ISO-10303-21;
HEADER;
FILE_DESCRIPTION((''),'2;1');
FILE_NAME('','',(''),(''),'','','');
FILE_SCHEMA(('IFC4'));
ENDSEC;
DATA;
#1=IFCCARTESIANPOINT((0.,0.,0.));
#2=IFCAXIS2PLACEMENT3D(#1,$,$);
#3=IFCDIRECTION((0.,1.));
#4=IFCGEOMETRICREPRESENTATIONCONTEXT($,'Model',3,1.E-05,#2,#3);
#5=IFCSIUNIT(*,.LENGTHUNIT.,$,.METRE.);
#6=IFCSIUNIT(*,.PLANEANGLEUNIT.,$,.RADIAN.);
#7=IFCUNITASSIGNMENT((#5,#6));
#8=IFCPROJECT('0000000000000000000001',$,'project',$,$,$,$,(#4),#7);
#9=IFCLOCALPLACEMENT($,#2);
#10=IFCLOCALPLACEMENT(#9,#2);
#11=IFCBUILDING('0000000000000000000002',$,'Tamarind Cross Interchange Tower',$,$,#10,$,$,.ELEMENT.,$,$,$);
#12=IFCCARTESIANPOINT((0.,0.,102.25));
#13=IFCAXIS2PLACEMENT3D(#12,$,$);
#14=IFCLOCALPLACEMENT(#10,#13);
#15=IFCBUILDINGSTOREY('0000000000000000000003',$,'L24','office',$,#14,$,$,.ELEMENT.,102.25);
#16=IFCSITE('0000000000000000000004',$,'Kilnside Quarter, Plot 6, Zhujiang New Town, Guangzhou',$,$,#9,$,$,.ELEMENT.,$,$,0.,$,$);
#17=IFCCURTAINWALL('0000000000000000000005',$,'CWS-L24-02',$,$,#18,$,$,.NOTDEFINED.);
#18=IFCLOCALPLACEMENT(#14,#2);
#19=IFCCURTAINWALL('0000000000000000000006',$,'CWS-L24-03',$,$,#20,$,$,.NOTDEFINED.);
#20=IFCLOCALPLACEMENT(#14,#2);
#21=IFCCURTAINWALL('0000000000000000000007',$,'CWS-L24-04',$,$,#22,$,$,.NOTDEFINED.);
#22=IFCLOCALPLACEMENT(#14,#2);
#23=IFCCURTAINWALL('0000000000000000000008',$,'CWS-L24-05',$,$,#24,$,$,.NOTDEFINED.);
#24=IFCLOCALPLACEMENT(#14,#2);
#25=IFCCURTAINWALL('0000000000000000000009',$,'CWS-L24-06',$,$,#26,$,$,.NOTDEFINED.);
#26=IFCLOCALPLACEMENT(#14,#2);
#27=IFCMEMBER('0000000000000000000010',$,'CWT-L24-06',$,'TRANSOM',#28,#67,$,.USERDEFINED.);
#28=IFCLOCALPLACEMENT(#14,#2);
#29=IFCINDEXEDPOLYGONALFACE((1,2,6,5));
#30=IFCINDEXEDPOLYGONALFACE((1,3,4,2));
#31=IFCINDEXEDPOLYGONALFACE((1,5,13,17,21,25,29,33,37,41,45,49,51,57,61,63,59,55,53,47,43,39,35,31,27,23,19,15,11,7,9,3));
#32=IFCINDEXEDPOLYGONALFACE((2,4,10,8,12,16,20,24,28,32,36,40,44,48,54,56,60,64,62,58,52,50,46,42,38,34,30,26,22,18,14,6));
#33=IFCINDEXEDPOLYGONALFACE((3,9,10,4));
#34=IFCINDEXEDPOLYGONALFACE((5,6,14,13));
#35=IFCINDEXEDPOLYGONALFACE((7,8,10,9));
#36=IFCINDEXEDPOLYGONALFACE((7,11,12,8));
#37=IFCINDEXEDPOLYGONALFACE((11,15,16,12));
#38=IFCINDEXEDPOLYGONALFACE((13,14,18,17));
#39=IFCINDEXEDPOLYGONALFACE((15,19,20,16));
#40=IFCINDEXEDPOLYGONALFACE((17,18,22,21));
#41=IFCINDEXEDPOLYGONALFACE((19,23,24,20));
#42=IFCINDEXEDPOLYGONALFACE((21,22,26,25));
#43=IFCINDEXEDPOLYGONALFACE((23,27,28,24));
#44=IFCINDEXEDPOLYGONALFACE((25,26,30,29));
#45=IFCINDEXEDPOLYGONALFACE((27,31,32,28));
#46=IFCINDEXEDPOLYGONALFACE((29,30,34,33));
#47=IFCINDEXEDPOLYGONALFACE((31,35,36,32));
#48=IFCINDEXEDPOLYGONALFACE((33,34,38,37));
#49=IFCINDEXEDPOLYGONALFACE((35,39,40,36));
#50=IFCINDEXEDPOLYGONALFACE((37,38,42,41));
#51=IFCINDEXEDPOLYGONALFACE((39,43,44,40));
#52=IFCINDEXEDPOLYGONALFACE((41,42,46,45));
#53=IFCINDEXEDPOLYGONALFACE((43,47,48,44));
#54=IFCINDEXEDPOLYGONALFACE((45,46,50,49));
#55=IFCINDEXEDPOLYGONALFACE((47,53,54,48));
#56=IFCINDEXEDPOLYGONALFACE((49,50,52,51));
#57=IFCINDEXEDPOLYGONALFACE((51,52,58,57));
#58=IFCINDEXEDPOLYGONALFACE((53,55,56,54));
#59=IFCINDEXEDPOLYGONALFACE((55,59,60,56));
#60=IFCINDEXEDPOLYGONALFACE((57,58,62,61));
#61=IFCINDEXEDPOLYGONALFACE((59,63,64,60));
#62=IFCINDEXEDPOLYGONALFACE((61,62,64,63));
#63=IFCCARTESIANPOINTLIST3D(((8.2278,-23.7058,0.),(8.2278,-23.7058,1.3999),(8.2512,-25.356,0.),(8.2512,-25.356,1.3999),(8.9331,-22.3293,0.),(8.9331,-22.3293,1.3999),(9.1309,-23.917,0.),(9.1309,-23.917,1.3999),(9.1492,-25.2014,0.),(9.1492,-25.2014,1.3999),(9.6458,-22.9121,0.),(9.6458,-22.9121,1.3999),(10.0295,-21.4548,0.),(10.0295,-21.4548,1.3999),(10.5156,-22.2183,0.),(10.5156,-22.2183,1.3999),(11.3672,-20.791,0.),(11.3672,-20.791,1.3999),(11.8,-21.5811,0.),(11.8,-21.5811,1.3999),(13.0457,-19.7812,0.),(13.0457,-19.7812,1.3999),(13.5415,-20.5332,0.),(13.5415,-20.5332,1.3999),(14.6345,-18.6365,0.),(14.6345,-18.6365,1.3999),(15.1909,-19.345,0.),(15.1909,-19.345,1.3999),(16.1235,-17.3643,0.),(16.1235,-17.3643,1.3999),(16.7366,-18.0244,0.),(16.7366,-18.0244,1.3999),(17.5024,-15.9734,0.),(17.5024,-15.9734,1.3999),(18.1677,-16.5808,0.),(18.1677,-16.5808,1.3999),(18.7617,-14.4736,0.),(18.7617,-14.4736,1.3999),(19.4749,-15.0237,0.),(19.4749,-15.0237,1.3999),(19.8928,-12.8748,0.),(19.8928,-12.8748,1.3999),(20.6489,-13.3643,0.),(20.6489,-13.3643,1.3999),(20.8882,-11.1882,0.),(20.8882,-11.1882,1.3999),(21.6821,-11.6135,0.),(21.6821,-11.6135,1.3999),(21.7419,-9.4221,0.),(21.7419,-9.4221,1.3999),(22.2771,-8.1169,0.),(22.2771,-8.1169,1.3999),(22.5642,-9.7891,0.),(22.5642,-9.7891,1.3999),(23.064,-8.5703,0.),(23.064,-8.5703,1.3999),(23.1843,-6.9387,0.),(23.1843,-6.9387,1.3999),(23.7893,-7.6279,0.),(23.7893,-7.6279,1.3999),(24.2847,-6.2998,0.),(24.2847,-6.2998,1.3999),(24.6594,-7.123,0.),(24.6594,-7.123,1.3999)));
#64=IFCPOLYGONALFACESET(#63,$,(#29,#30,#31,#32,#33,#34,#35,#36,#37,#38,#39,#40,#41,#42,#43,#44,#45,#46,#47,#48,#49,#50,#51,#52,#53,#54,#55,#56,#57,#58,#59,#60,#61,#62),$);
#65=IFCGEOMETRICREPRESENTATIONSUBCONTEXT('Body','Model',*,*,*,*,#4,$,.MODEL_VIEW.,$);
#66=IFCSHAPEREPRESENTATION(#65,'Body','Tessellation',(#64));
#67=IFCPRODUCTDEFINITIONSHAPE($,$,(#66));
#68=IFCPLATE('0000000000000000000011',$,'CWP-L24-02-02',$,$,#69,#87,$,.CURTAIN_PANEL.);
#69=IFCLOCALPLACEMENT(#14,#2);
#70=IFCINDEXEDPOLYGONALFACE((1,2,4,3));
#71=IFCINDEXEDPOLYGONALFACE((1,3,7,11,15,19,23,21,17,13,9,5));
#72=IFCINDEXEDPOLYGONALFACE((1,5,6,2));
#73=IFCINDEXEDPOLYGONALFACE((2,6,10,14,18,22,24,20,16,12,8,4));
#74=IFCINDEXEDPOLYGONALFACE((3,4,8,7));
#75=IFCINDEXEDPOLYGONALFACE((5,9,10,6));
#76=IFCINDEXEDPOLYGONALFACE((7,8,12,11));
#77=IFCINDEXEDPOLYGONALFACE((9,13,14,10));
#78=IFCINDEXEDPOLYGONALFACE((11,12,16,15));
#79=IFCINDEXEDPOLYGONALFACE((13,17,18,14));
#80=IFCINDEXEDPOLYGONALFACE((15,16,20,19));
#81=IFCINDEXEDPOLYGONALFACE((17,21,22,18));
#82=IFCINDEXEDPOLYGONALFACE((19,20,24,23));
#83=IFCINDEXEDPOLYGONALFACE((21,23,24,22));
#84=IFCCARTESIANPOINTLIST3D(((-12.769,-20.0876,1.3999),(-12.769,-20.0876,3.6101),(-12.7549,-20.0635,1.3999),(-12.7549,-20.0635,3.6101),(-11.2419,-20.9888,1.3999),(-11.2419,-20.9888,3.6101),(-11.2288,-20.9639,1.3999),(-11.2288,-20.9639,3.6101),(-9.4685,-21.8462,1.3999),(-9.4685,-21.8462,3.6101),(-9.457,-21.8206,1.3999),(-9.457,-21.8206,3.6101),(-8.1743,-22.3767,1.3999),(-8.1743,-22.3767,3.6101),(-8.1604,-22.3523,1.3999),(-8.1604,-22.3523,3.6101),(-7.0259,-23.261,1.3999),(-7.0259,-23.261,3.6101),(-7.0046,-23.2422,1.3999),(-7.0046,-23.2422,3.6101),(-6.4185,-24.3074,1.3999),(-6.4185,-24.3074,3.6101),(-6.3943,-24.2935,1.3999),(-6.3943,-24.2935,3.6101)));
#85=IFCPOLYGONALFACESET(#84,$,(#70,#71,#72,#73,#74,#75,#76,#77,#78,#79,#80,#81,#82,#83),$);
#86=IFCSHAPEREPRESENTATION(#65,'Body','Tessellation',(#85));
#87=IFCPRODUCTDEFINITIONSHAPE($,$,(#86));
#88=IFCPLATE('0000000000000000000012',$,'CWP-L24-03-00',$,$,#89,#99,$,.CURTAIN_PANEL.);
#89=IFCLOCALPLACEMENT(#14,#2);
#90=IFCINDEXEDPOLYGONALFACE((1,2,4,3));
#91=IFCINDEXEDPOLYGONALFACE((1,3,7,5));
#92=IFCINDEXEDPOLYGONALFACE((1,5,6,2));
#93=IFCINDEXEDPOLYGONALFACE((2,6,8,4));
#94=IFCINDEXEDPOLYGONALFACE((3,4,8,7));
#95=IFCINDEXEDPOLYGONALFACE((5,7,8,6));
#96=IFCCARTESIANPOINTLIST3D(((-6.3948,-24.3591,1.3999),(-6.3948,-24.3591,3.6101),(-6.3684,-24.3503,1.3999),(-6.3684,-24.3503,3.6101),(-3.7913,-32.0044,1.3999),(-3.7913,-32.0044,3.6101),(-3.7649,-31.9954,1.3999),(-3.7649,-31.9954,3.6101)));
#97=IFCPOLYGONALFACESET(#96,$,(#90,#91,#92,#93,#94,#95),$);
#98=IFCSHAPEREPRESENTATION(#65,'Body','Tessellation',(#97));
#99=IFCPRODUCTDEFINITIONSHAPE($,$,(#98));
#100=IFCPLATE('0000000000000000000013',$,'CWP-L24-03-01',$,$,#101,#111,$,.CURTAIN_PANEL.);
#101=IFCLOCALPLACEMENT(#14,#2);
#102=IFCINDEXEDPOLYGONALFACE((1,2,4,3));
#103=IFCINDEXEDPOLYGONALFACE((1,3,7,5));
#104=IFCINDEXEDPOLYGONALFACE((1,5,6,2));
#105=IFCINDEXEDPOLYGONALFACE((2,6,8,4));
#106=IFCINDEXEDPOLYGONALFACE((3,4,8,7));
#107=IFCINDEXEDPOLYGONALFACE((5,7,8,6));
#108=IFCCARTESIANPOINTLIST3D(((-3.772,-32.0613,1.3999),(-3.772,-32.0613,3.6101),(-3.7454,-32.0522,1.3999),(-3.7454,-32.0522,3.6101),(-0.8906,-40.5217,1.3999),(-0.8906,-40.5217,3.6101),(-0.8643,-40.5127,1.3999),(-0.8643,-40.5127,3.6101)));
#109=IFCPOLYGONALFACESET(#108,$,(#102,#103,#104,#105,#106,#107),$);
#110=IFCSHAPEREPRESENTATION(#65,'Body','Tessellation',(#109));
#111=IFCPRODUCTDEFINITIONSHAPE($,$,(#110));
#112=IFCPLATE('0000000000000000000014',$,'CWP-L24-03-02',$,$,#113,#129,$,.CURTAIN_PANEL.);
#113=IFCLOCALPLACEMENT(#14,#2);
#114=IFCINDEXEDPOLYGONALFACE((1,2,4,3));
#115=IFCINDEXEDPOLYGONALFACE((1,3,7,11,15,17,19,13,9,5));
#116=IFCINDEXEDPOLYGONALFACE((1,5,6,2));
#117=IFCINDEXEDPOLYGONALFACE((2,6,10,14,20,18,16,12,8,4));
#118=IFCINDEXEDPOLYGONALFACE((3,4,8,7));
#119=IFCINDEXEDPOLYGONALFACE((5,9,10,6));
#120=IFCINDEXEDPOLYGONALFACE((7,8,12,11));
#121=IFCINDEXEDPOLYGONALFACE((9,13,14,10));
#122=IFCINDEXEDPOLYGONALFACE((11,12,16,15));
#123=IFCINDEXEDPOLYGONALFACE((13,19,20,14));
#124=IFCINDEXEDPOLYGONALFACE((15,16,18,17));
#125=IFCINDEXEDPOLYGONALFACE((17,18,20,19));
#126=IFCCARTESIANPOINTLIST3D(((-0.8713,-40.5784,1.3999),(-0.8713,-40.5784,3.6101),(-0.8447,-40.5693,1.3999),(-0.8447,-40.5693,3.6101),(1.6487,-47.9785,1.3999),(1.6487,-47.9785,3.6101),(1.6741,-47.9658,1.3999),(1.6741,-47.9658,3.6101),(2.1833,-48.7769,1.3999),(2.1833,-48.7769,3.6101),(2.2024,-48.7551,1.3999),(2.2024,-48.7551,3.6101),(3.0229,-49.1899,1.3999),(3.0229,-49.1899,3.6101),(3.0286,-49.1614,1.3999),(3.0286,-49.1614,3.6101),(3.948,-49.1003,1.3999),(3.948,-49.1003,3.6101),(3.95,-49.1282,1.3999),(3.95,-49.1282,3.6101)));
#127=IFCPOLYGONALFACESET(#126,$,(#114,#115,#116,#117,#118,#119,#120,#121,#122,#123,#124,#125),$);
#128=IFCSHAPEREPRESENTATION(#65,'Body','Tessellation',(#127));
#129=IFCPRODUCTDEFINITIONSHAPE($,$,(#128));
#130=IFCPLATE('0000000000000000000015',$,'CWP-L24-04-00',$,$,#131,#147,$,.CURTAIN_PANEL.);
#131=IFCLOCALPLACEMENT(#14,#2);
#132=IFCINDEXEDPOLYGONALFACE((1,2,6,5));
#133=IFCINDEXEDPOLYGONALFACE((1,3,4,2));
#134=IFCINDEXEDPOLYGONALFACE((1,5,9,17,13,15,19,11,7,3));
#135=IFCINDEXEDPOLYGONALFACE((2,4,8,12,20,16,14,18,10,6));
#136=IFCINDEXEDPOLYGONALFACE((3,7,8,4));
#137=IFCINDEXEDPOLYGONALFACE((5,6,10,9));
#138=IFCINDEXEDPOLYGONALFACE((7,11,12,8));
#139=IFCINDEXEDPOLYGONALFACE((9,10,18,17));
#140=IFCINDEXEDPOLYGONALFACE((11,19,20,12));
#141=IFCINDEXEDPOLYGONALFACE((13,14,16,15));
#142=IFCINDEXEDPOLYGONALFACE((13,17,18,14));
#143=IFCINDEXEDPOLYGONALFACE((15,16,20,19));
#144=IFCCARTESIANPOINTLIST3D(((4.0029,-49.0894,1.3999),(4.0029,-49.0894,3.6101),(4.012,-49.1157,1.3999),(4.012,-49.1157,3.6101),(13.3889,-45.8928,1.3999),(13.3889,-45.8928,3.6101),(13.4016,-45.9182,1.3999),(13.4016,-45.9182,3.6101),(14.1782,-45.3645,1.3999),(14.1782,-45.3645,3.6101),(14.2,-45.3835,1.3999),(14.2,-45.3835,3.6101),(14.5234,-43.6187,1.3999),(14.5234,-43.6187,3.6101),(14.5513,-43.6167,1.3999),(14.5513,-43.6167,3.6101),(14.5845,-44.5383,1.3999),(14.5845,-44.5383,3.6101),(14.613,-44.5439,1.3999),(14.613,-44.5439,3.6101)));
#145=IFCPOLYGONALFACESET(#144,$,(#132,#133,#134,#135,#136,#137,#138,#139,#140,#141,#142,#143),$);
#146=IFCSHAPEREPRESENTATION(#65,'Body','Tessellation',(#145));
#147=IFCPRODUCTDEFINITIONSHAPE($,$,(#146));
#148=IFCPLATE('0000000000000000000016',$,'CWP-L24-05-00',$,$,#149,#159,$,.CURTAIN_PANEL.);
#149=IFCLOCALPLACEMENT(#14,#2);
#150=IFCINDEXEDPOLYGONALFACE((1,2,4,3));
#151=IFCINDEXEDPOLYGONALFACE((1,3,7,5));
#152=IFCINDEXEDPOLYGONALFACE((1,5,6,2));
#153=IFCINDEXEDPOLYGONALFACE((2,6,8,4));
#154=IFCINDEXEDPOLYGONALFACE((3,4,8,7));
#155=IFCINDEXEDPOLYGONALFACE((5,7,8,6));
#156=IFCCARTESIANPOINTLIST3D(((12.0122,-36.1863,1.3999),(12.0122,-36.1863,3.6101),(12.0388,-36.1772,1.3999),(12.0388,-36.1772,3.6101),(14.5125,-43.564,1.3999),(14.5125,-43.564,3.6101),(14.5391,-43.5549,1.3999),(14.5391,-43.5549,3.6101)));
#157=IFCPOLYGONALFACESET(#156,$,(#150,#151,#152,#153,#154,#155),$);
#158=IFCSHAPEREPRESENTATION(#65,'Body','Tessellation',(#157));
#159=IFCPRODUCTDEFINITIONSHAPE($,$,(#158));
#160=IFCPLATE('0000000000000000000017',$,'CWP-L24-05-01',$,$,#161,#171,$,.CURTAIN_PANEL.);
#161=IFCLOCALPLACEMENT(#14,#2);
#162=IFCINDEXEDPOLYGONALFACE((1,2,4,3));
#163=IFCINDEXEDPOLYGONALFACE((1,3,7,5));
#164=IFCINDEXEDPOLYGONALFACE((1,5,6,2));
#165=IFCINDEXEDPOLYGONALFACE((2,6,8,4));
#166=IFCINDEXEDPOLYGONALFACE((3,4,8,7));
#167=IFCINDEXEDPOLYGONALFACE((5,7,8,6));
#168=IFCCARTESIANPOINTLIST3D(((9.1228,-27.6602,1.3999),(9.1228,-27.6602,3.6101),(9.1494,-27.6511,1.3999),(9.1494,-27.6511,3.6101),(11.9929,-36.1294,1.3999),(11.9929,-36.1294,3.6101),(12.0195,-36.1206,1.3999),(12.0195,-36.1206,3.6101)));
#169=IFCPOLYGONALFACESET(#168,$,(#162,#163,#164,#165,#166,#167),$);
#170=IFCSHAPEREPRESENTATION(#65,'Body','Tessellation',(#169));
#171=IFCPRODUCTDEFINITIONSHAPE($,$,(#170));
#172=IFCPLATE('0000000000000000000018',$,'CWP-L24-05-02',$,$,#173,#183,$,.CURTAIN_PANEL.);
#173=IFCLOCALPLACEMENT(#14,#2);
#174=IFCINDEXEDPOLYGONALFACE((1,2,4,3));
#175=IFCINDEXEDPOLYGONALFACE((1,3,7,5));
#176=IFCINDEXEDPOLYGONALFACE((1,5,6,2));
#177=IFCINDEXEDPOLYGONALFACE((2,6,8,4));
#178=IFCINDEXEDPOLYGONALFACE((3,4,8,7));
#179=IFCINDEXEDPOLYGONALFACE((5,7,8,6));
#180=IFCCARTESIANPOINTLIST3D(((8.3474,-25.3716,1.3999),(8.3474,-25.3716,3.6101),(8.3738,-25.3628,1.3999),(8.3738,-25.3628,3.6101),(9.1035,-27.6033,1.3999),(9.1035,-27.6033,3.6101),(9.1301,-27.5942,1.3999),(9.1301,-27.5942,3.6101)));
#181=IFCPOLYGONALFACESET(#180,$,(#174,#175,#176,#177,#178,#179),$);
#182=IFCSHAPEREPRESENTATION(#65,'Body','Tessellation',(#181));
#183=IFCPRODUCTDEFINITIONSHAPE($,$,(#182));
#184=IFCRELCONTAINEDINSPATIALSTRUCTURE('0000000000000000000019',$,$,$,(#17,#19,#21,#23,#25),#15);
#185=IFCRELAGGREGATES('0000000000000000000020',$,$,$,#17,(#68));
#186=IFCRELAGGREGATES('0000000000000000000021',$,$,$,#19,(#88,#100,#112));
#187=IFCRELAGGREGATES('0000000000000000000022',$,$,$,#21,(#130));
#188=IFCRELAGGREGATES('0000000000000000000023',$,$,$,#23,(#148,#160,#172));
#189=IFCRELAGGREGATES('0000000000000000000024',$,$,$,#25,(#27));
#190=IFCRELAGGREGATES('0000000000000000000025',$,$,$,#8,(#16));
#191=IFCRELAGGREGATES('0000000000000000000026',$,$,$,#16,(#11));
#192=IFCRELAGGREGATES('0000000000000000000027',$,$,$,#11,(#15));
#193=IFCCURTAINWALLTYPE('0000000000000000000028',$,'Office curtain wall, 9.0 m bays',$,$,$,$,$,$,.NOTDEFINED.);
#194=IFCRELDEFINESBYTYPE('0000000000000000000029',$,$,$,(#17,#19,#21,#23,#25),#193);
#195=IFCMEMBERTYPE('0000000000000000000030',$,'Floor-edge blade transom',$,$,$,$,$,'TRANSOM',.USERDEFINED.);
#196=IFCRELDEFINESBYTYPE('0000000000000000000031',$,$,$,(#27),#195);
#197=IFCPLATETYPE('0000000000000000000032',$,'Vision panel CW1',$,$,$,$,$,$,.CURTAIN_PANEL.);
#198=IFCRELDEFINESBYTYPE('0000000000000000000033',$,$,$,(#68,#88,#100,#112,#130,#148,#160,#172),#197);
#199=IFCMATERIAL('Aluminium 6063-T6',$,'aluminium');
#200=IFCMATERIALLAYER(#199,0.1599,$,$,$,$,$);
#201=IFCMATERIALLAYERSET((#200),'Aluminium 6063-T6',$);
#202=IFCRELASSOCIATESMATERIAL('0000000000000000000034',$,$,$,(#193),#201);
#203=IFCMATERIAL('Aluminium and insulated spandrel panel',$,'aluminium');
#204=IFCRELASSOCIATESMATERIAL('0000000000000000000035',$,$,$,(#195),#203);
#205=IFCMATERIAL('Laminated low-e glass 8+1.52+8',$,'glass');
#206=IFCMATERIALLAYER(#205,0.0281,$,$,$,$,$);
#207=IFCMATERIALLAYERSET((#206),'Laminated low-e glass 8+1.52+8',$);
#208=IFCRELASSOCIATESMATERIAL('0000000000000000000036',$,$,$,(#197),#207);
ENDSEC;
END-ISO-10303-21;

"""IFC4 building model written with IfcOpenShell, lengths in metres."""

from ifc_helpers import new_model, si_unit, direction, frame, origin, place, context, subcontext, project, spatial, polyline, outline, extrude, material, layer, layer_set, type_object, element, aggregate, save


model = new_model("IFC4")

# Units and contexts
model_context = context("Model", 3, precision=1e-05, world=origin(), true_north=direction((0.0, 1.0)))
body_context = subcontext(model_context, "Body", "Model", "MODEL_VIEW")
ifc_project = project(units=[si_unit("LENGTHUNIT", "METRE"), si_unit("PLANEANGLEUNIT", "RADIAN")], contexts=[model_context])

# Site, building, storey
site_placement = place(None, origin())
site = spatial("IfcSite", under=ifc_project, at=site_placement, Name="Kilnside Quarter, Plot 6, Zhujiang New Town, Guangzhou", CompositionType="ELEMENT", RefElevation=0.0)
building_placement = place(site_placement, origin())
building = spatial("IfcBuilding", under=site, at=building_placement, Name="Tamarind Cross Interchange Tower", CompositionType="ELEMENT")
storey_placement = place(building_placement, frame((0.0, 0.0, 102.25)))
storey = spatial("IfcBuildingStorey", under=building, at=storey_placement, Name="L24", Description="office", CompositionType="ELEMENT", Elevation=102.25)

# Curtain walls, member
ifc_material_1 = material(Name="Aluminium 6063-T6", Category="aluminium")
ifc_layer_1 = layer(ifc_material_1, 0.1599)
ifc_layer_set_1 = layer_set([ifc_layer_1], Name="Aluminium 6063-T6")
curtain_wall_type = type_object("IfcCurtainWallType", Name="Office curtain wall, 9.0 m bays", PredefinedType="NOTDEFINED", material=ifc_layer_set_1)
curtain_wall_1_placement = place(storey_placement, origin())
curtain_wall_1 = element("IfcCurtainWall", 1, at=curtain_wall_1_placement, inside=storey, type_object=curtain_wall_type, Name="CWS-L24-02", PredefinedType="NOTDEFINED")
ifc_material_2 = material(Name="Aluminium and insulated spandrel panel", Category="aluminium")
member_type = type_object("IfcMemberType", Name="Floor-edge blade transom", ElementType="TRANSOM", PredefinedType="USERDEFINED", material=ifc_material_2)
curtain_wall_2_placement = place(storey_placement, origin())
curtain_wall_2 = element("IfcCurtainWall", 2, at=curtain_wall_2_placement, inside=storey, type_object=curtain_wall_type, Name="CWS-L24-03", PredefinedType="NOTDEFINED")
curtain_wall_3_placement = place(storey_placement, origin())
curtain_wall_3 = element("IfcCurtainWall", 3, at=curtain_wall_3_placement, inside=storey, type_object=curtain_wall_type, Name="CWS-L24-04", PredefinedType="NOTDEFINED")
curtain_wall_4_placement = place(storey_placement, origin())
curtain_wall_4 = element("IfcCurtainWall", 4, at=curtain_wall_4_placement, inside=storey, type_object=curtain_wall_type, Name="CWS-L24-05", PredefinedType="NOTDEFINED")
curtain_wall_5_placement = place(storey_placement, origin())
curtain_wall_5 = element("IfcCurtainWall", 5, at=curtain_wall_5_placement, inside=storey, type_object=curtain_wall_type, Name="CWS-L24-06", PredefinedType="NOTDEFINED")
member_1_placement = place(storey_placement, origin())
member_1 = element("IfcMember", 6, at=member_1_placement, type_object=member_type, Name="CWT-L24-06", ObjectType="TRANSOM", PredefinedType="USERDEFINED", context=body_context, shape_type="SweptSolid", body=[
    extrude(outline(polyline([(8.2512, -25.356), (8.2278, -23.7058), (8.9331, -22.3293), (10.0295, -21.4548), (11.3672, -20.791), (13.0457, -19.7812), (14.6345, -18.6365), (16.1235, -17.3643), (17.5024, -15.9734), (18.7617, -14.4736), (19.8928, -12.8748), (20.8882, -11.1882), (21.7419, -9.4221), (22.2771, -8.1169), (23.1843, -6.9387), (24.2847, -6.2998), (24.6594, -7.123), (23.7893, -7.6279), (23.064, -8.5703), (22.5642, -9.7891), (21.6821, -11.6135), (20.6489, -13.3643), (19.4749, -15.0237), (18.1677, -16.5808), (16.7366, -18.0244), (15.1909, -19.345), (13.5415, -20.5332), (11.8, -21.5811), (10.5156, -22.2183), (9.6458, -22.9121), (9.1309, -23.917), (9.1492, -25.2014), (8.2512, -25.356)])), origin(), (0.0, 0.0, 1.0), 1.3999),
])

# Plates
ifc_material_3 = material(Name="Laminated low-e glass 8+1.52+8", Category="glass")
ifc_layer_2 = layer(ifc_material_3, 0.0281)
ifc_layer_set_2 = layer_set([ifc_layer_2], Name="Laminated low-e glass 8+1.52+8")
plate_type = type_object("IfcPlateType", Name="Vision panel CW1", PredefinedType="CURTAIN_PANEL", material=ifc_layer_set_2)
plate_1_placement = place(storey_placement, frame((0.0, 0.0, 1.3999)))
plate_1 = element("IfcPlate", 7, at=plate_1_placement, type_object=plate_type, Name="CWP-L24-02-02", PredefinedType="CURTAIN_PANEL", context=body_context, shape_type="SweptSolid", body=[
    extrude(outline(polyline([(-12.7549, -20.0635), (-11.2288, -20.9639), (-9.457, -21.8206), (-8.1604, -22.3523), (-7.0046, -23.2422), (-6.3943, -24.2935), (-6.4185, -24.3074), (-7.0259, -23.261), (-8.1743, -22.3767), (-9.4685, -21.8462), (-11.2419, -20.9888), (-12.769, -20.0876), (-12.7549, -20.0635)])), origin(), (0.0, 0.0, 1.0), 2.2102),
])
aggregate(curtain_wall_1, [plate_1])
plate_2_placement = place(storey_placement, frame((0.0, 0.0, 1.3999)))
plate_2 = element("IfcPlate", 8, at=plate_2_placement, type_object=plate_type, Name="CWP-L24-03-00", PredefinedType="CURTAIN_PANEL", context=body_context, shape_type="SweptSolid", body=[
    extrude(outline(polyline([(-6.3684, -24.3503), (-3.7649, -31.9954), (-3.7913, -32.0044), (-6.3948, -24.3591), (-6.3684, -24.3503)])), origin(), (0.0, 0.0, 1.0), 2.2102),
])
plate_3_placement = place(storey_placement, frame((0.0, 0.0, 1.3999)))
plate_3 = element("IfcPlate", 9, at=plate_3_placement, type_object=plate_type, Name="CWP-L24-03-01", PredefinedType="CURTAIN_PANEL", context=body_context, shape_type="SweptSolid", body=[
    extrude(outline(polyline([(-3.7454, -32.0522), (-0.8643, -40.5127), (-0.8906, -40.5217), (-3.772, -32.0613), (-3.7454, -32.0522)])), origin(), (0.0, 0.0, 1.0), 2.2102),
])
plate_4_placement = place(storey_placement, frame((0.0, 0.0, 1.3999)))
plate_4 = element("IfcPlate", 10, at=plate_4_placement, type_object=plate_type, Name="CWP-L24-03-02", PredefinedType="CURTAIN_PANEL", context=body_context, shape_type="SweptSolid", body=[
    extrude(outline(polyline([(-0.8447, -40.5693), (1.6741, -47.9658), (2.2024, -48.7551), (3.0286, -49.1614), (3.948, -49.1003), (3.95, -49.1282), (3.0229, -49.1899), (2.1833, -48.7769), (1.6487, -47.9785), (-0.8713, -40.5784), (-0.8447, -40.5693)])), origin(), (0.0, 0.0, 1.0), 2.2102),
])
aggregate(curtain_wall_2, [plate_2, plate_3, plate_4])
plate_5_placement = place(storey_placement, frame((0.0, 0.0, 1.3999)))
plate_5 = element("IfcPlate", 11, at=plate_5_placement, type_object=plate_type, Name="CWP-L24-04-00", PredefinedType="CURTAIN_PANEL", context=body_context, shape_type="SweptSolid", body=[
    extrude(outline(polyline([(4.0029, -49.0894), (13.3889, -45.8928), (14.1782, -45.3645), (14.5845, -44.5383), (14.5234, -43.6187), (14.5513, -43.6167), (14.613, -44.5439), (14.2, -45.3835), (13.4016, -45.9182), (4.012, -49.1157), (4.0029, -49.0894)])), origin(), (0.0, 0.0, 1.0), 2.2102),
])
aggregate(curtain_wall_3, [plate_5])
plate_6_placement = place(storey_placement, frame((0.0, 0.0, 1.3999)))
plate_6 = element("IfcPlate", 12, at=plate_6_placement, type_object=plate_type, Name="CWP-L24-05-00", PredefinedType="CURTAIN_PANEL", context=body_context, shape_type="SweptSolid", body=[
    extrude(outline(polyline([(14.5125, -43.564), (12.0122, -36.1863), (12.0388, -36.1772), (14.5391, -43.5549), (14.5125, -43.564)])), origin(), (0.0, 0.0, 1.0), 2.2102),
])
plate_7_placement = place(storey_placement, frame((0.0, 0.0, 1.3999)))
plate_7 = element("IfcPlate", 13, at=plate_7_placement, type_object=plate_type, Name="CWP-L24-05-01", PredefinedType="CURTAIN_PANEL", context=body_context, shape_type="SweptSolid", body=[
    extrude(outline(polyline([(11.9929, -36.1294), (9.1228, -27.6602), (9.1494, -27.6511), (12.0195, -36.1206), (11.9929, -36.1294)])), origin(), (0.0, 0.0, 1.0), 2.2102),
])
plate_8_placement = place(storey_placement, frame((0.0, 0.0, 1.3999)))
plate_8 = element("IfcPlate", 14, at=plate_8_placement, type_object=plate_type, Name="CWP-L24-05-02", PredefinedType="CURTAIN_PANEL", context=body_context, shape_type="SweptSolid", body=[
    extrude(outline(polyline([(9.1035, -27.6033), (8.3474, -25.3716), (8.3738, -25.3628), (9.1301, -27.5942), (9.1035, -27.6033)])), origin(), (0.0, 0.0, 1.0), 2.2102),
])
aggregate(curtain_wall_4, [plate_6, plate_7, plate_8])
aggregate(curtain_wall_5, [member_1])

save(model, "model.ifc")
